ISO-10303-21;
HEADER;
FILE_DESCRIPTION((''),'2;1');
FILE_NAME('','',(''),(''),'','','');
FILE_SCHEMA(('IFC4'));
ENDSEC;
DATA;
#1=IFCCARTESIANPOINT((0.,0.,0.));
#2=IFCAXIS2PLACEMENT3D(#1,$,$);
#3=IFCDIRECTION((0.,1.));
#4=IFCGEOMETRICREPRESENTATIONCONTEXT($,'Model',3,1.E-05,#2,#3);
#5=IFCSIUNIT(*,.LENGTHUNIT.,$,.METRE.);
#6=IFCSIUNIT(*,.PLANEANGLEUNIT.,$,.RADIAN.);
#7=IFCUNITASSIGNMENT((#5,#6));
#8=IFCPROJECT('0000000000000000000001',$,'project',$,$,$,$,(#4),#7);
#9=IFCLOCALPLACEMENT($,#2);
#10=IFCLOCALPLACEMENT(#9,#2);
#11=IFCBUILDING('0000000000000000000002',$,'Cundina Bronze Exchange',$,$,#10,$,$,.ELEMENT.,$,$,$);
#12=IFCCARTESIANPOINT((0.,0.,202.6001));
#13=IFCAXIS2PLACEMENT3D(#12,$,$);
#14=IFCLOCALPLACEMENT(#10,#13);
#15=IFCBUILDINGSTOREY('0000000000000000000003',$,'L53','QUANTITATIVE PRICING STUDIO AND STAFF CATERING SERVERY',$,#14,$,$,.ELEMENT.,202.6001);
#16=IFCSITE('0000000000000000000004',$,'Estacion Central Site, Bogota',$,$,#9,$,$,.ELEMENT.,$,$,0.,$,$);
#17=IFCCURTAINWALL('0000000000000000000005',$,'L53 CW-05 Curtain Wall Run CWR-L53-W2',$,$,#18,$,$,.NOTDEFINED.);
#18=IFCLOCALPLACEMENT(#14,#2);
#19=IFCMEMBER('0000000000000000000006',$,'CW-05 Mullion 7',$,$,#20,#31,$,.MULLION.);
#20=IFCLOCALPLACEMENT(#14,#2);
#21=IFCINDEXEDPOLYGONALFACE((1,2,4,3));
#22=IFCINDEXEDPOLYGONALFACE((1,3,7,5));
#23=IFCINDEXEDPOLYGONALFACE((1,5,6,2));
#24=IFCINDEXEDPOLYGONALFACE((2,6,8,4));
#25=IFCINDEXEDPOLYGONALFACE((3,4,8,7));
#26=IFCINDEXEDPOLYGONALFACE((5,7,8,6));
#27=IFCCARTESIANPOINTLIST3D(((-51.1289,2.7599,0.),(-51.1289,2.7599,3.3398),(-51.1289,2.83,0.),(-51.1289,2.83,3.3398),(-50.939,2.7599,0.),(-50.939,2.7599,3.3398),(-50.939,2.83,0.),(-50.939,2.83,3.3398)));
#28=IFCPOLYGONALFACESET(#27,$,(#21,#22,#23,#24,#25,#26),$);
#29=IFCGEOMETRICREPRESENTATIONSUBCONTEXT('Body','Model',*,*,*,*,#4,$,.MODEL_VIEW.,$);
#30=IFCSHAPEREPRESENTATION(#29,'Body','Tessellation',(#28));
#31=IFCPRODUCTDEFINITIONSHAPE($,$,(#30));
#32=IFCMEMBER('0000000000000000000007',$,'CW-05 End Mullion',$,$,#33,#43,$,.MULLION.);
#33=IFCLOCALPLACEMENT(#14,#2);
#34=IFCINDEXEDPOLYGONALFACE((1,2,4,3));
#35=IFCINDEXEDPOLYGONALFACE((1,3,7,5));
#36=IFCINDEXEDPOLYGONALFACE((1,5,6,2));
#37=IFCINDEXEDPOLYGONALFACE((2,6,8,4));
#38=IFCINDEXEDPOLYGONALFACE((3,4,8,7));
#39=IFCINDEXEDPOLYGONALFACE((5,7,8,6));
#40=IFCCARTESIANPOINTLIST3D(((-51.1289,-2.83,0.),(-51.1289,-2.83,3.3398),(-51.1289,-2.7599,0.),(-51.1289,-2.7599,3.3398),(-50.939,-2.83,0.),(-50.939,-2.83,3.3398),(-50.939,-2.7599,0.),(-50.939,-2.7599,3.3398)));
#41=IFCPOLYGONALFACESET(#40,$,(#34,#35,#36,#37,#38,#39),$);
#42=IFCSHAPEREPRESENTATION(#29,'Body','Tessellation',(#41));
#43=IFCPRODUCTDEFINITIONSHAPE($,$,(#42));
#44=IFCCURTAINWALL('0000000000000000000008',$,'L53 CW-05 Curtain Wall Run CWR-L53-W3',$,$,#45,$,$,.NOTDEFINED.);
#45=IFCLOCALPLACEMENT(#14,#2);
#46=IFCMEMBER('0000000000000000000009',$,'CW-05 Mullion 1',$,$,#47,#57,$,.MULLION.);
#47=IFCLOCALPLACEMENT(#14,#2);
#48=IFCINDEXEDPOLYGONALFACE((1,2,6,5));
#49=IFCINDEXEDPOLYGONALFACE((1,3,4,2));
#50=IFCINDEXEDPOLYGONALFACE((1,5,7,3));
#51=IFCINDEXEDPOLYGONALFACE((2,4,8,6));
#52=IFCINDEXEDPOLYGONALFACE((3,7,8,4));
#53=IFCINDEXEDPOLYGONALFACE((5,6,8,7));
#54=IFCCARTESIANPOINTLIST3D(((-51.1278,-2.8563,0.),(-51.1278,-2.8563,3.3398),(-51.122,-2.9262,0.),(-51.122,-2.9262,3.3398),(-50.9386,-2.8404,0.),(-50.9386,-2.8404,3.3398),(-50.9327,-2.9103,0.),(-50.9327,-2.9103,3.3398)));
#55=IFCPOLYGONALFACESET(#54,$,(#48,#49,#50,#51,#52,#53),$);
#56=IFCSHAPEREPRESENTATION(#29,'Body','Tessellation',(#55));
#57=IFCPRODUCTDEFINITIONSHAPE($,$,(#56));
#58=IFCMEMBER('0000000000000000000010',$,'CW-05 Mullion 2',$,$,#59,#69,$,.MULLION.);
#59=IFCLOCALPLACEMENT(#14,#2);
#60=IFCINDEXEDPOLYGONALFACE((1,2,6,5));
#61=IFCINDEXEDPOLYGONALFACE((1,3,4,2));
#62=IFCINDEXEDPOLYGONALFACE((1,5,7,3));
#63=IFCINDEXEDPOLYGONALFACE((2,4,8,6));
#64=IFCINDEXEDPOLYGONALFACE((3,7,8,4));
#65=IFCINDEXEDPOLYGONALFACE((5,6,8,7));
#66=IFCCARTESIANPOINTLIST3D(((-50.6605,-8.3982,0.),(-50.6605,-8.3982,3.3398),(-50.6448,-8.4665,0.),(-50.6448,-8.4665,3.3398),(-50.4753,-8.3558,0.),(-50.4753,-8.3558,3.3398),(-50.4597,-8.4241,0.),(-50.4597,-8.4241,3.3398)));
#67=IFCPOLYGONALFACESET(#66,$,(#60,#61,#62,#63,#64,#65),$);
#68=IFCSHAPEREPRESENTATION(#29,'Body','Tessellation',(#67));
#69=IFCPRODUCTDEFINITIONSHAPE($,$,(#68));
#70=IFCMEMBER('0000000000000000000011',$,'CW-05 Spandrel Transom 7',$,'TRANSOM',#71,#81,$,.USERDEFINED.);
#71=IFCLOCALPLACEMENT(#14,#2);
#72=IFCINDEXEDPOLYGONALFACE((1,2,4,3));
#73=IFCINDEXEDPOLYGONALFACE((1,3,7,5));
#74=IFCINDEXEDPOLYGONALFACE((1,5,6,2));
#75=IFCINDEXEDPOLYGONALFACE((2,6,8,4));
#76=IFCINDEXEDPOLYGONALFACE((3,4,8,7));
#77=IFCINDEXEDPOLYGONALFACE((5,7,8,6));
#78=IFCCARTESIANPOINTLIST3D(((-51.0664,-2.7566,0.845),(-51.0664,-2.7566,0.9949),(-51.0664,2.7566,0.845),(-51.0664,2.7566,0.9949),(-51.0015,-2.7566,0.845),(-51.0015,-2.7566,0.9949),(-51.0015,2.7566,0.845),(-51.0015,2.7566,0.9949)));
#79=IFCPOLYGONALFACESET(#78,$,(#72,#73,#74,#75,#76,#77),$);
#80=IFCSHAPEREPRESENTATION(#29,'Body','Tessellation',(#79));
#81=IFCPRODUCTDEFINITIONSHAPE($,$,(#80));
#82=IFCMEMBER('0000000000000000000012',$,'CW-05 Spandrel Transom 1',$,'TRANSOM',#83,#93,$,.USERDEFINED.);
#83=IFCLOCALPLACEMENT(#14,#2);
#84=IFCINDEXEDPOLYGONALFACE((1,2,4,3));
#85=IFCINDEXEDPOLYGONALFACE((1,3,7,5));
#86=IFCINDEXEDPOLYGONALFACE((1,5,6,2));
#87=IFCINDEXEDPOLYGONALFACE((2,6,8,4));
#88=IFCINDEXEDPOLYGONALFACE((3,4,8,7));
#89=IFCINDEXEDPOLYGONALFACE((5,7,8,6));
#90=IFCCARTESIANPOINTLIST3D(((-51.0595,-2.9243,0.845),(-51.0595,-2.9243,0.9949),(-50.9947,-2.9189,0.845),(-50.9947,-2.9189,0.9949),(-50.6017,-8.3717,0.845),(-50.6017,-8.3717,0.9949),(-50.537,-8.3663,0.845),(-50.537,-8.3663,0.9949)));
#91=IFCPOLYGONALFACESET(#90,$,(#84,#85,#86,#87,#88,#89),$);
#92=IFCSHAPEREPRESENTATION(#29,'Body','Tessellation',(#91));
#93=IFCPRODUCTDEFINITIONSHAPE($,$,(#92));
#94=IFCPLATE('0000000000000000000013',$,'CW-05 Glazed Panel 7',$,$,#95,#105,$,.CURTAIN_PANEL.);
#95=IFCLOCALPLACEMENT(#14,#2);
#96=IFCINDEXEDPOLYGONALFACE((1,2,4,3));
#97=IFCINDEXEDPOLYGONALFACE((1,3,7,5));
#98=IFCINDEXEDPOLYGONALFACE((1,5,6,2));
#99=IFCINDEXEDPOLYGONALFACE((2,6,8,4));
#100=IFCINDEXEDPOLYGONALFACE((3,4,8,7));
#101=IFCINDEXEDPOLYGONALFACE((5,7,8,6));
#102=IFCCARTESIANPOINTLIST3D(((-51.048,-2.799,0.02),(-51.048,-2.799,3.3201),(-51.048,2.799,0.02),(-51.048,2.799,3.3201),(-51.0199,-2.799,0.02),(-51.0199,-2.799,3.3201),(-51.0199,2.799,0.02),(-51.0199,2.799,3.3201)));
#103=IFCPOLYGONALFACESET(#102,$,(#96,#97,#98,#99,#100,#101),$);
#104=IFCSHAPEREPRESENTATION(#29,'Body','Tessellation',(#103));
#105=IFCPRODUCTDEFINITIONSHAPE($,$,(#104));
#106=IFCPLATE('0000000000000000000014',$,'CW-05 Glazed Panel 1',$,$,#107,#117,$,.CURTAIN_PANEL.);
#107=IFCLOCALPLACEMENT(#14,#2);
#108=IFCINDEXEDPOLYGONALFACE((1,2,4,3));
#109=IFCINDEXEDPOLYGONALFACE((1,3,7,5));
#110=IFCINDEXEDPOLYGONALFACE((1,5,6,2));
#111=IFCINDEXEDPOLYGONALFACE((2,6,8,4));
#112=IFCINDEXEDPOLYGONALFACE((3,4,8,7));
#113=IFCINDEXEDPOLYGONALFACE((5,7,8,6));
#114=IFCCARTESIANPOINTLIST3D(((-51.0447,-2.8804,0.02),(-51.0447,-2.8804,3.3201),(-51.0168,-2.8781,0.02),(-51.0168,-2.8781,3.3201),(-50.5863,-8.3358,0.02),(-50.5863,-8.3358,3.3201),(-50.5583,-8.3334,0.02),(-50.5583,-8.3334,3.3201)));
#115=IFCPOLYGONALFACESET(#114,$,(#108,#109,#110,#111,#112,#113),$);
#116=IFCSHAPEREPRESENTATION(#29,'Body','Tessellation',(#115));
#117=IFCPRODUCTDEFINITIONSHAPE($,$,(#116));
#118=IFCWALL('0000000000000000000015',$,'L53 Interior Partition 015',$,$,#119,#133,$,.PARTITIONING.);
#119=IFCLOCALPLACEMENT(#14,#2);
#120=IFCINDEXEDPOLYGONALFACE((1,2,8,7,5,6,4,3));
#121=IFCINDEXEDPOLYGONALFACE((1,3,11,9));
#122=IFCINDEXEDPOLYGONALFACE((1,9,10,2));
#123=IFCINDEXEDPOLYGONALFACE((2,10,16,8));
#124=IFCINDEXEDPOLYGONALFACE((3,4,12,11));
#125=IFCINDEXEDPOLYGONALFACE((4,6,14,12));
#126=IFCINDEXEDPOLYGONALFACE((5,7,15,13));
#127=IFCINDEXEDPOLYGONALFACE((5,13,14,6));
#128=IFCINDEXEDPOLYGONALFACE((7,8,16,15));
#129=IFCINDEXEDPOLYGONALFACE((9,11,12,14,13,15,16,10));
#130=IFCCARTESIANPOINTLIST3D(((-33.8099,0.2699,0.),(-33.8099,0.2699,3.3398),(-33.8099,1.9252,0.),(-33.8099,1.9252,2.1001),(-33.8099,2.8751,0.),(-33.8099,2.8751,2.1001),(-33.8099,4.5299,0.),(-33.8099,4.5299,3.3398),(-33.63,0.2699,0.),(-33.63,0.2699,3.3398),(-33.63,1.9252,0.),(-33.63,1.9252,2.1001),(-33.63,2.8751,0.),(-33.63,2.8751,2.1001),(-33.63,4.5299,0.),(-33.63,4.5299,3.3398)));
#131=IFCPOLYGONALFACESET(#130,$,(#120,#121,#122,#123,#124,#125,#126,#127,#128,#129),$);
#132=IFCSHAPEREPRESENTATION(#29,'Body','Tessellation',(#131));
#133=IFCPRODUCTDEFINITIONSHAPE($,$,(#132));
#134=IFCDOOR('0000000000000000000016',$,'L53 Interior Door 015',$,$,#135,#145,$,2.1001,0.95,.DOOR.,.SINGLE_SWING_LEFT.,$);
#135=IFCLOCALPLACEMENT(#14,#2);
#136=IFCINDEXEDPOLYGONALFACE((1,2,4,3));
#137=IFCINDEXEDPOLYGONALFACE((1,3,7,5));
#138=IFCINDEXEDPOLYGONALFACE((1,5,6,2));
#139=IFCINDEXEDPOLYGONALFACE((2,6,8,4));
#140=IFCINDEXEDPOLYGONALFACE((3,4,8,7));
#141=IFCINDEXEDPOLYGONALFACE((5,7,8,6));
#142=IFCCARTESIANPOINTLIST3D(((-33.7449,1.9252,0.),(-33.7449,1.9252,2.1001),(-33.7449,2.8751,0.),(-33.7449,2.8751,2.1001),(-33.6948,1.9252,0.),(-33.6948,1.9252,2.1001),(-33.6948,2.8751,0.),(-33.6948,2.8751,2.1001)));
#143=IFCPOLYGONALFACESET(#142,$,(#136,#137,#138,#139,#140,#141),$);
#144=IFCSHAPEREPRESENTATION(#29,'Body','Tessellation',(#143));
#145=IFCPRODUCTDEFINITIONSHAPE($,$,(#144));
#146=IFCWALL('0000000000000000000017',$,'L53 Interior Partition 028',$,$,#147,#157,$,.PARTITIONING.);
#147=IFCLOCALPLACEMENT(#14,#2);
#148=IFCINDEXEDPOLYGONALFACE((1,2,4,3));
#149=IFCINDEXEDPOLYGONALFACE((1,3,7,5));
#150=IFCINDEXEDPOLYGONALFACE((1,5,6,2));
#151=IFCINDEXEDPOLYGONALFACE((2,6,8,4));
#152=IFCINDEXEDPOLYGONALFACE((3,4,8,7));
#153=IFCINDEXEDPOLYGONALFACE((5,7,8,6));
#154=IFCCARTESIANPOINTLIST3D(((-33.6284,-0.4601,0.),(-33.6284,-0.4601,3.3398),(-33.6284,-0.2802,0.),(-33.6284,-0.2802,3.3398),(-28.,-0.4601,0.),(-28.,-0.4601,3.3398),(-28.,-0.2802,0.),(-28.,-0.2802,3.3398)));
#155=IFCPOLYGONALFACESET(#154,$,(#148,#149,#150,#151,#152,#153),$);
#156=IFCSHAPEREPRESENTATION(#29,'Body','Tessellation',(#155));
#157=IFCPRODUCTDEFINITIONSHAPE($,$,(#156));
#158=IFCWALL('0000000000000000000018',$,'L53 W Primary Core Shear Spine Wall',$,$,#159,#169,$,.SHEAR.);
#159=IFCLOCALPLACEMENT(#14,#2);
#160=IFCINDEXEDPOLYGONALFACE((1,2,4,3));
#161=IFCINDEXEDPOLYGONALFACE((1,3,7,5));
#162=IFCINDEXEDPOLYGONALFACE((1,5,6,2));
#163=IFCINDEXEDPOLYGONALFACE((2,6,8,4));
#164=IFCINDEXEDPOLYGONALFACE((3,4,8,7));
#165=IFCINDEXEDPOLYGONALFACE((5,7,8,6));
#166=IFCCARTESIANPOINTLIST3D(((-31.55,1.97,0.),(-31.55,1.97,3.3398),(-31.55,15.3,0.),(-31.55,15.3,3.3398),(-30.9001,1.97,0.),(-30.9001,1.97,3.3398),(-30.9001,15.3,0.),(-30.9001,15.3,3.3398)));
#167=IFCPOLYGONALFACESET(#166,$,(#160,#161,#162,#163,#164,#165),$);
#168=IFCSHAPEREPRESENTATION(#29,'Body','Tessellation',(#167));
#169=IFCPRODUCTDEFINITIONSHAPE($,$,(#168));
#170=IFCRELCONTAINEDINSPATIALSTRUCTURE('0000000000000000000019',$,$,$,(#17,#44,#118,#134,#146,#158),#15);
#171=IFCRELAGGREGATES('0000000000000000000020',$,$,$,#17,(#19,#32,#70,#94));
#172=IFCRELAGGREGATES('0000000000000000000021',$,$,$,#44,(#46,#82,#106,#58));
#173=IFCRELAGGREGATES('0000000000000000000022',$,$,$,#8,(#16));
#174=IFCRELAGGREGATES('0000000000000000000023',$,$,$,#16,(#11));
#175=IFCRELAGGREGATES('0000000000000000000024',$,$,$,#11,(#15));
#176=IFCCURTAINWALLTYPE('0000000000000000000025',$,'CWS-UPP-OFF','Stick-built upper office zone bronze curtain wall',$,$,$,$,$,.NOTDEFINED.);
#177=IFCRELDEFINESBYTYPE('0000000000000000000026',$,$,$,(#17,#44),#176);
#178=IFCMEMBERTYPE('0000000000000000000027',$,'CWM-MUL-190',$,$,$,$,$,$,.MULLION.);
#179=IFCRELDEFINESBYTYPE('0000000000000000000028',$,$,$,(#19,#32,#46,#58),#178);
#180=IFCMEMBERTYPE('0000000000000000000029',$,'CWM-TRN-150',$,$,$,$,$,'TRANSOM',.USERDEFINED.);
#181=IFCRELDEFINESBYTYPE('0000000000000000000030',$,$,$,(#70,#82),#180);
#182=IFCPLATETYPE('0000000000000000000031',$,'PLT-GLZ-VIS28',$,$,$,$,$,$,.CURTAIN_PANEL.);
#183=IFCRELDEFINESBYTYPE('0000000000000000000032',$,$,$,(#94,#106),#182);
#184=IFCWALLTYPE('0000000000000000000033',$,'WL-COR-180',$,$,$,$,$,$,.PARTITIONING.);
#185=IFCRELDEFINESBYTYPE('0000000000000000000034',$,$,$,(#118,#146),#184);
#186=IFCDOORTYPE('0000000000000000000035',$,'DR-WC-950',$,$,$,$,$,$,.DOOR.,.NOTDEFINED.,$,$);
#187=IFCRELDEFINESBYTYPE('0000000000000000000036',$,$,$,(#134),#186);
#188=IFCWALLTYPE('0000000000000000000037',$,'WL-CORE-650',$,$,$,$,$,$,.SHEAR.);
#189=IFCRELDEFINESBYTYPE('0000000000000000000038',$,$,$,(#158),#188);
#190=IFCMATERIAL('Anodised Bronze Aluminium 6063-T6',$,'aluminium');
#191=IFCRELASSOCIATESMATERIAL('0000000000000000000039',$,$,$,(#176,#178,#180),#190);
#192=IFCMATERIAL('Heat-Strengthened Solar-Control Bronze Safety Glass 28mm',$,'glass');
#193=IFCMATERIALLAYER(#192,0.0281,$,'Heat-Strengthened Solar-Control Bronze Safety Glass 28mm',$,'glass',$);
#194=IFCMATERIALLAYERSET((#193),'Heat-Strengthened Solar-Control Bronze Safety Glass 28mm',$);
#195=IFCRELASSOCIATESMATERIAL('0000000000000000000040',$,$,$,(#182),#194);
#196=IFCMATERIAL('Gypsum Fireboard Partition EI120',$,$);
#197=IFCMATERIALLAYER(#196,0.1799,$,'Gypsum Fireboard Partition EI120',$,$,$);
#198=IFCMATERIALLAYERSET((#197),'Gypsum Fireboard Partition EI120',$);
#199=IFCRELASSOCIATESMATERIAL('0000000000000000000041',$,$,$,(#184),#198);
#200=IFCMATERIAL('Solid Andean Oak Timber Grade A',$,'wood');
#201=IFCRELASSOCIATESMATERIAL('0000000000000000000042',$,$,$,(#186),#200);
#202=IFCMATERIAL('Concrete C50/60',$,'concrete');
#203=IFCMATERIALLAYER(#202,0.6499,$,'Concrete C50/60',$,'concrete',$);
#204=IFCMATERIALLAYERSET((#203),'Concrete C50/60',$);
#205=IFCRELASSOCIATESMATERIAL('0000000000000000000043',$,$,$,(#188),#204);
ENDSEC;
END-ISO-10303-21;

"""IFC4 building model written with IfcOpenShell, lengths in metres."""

from ifc_helpers import new_model, si_unit, direction, frame, frame_2d, origin, origin_2d, place, context, subcontext, project, spatial, rectangle, extrude, material, layer, layer_set, material_profile, profile_set, type_object, element, fill, aggregate, save


model = new_model("IFC4")

# Units and contexts
model_context = context("Model", 3, precision=1e-05, world=origin(), true_north=direction((0.0, 1.0)))
body_context = subcontext(model_context, "Body", "Model", "MODEL_VIEW")
ifc_project = project(units=[si_unit("LENGTHUNIT", "METRE"), si_unit("PLANEANGLEUNIT", "RADIAN")], contexts=[model_context])

# Site, building, storey
site_placement = place(None, origin())
site = spatial("IfcSite", under=ifc_project, at=site_placement, Name="Estacion Central Site, Bogota", CompositionType="ELEMENT", RefElevation=0.0)
building_placement = place(site_placement, origin())
building = spatial("IfcBuilding", under=site, at=building_placement, Name="Cundina Bronze Exchange", CompositionType="ELEMENT")
storey_placement = place(building_placement, frame((0.0, 0.0, 202.6001)))
storey = spatial("IfcBuildingStorey", under=building, at=storey_placement, Name="L53", Description="QUANTITATIVE PRICING STUDIO AND STAFF CATERING SERVERY", CompositionType="ELEMENT", Elevation=202.6001)

# Shared definitions
ifc_material_1 = material(Name="Concrete C50/60", Category="concrete")

# Curtain walls, members
ifc_material_2 = material(Name="Anodised Bronze Aluminium 6063-T6", Category="aluminium")
curtain_wall_type = type_object("IfcCurtainWallType", Name="CWS-UPP-OFF", Description="Stick-built upper office zone bronze curtain wall", PredefinedType="NOTDEFINED", material=ifc_material_2)
curtain_wall_1_placement = place(storey_placement, origin())
curtain_wall_1 = element("IfcCurtainWall", 1, at=curtain_wall_1_placement, inside=storey, type_object=curtain_wall_type, Name="L53 CW-05 Curtain Wall Run CWR-L53-W2", PredefinedType="NOTDEFINED")
ifc_material_profile_1 = material_profile(ifc_material_2, rectangle(XDim=0.0701, YDim=0.1899, at=origin_2d()), Name="AL70X190", Category="aluminium")
ifc_profile_set_1 = profile_set([ifc_material_profile_1], Name="Anodised Bronze Aluminium 6063-T6")
member_type_1 = type_object("IfcMemberType", Name="CWM-MUL-190", PredefinedType="MULLION", material=ifc_profile_set_1)
member_1_placement = place(storey_placement, frame((-51.0339, 2.7949, 0.0), z_axis=(0.0, 0.0, 1.0), x_axis=(0.0, -1.0, 0.0)))
member_1 = element("IfcMember", 2, at=member_1_placement, type_object=member_type_1, Name="CW-05 Mullion 7", PredefinedType="MULLION", context=body_context, shape_type="SweptSolid", body=[
    extrude(rectangle(XDim=0.0701, YDim=0.1899, at=origin_2d()), origin(), (0.0, 0.0, 1.0), 3.3398),
])
member_2_placement = place(storey_placement, frame((-51.0339, -2.7949, 0.0), z_axis=(0.0, 0.0, 1.0), x_axis=(0.0, -1.0, 0.0)))
member_2 = element("IfcMember", 3, at=member_2_placement, type_object=member_type_1, Name="CW-05 End Mullion", PredefinedType="MULLION", context=body_context, shape_type="SweptSolid", body=[
    extrude(rectangle(XDim=0.0701, YDim=0.1899, at=origin_2d()), origin(), (0.0, 0.0, 1.0), 3.3398),
])
curtain_wall_2_placement = place(storey_placement, origin())
curtain_wall_2 = element("IfcCurtainWall", 4, at=curtain_wall_2_placement, inside=storey, type_object=curtain_wall_type, Name="L53 CW-05 Curtain Wall Run CWR-L53-W3", PredefinedType="NOTDEFINED")
member_3_placement = place(storey_placement, frame((-51.0303, -2.8833, 0.0), z_axis=(0.0, 0.0, 1.0), x_axis=(0.083678, -0.996493, 0.0)))
member_3 = element("IfcMember", 5, at=member_3_placement, type_object=member_type_1, Name="CW-05 Mullion 1", PredefinedType="MULLION", context=body_context, shape_type="SweptSolid", body=[
    extrude(rectangle(XDim=0.0701, YDim=0.1899, at=origin_2d()), origin(), (0.0, 0.0, 1.0), 3.3398),
])
member_4_placement = place(storey_placement, frame((-50.5601, -8.4111, 0.0), z_axis=(0.0, 0.0, 1.0), x_axis=(0.22325, -0.974761, 0.0)))
member_4 = element("IfcMember", 6, at=member_4_placement, type_object=member_type_1, Name="CW-05 Mullion 2", PredefinedType="MULLION", context=body_context, shape_type="SweptSolid", body=[
    extrude(rectangle(XDim=0.0701, YDim=0.1899, at=origin_2d()), origin(), (0.0, 0.0, 1.0), 3.3398),
])

# Members
ifc_material_profile_2 = material_profile(ifc_material_2, rectangle(XDim=0.0649, YDim=0.1499, at=origin_2d()), Name="AL65X150", Category="aluminium")
ifc_profile_set_2 = profile_set([ifc_material_profile_2], Name="Anodised Bronze Aluminium 6063-T6")
member_type_2 = type_object("IfcMemberType", Name="CWM-TRN-150", ElementType="TRANSOM", PredefinedType="USERDEFINED", material=ifc_profile_set_2)
member_5_placement = place(storey_placement, frame((-51.0339, 2.7566, 0.9199), z_axis=(0.0, -1.0, 0.0), x_axis=(1.0, 0.0, 0.0)))
member_5 = element("IfcMember", 7, at=member_5_placement, type_object=member_type_2, Name="CW-05 Spandrel Transom 7", ObjectType="TRANSOM", PredefinedType="USERDEFINED", context=body_context, shape_type="SweptSolid", body=[
    extrude(rectangle(XDim=0.0649, YDim=0.1499, at=origin_2d()), origin(), (0.0, 0.0, 1.0), 5.5132),
])
member_6_placement = place(storey_placement, frame((-51.0271, -2.9216, 0.9199), z_axis=(0.08374, -0.996488, 0.0), x_axis=(0.996488, 0.08374, 0.0)))
member_6 = element("IfcMember", 8, at=member_6_placement, type_object=member_type_2, Name="CW-05 Spandrel Transom 1", ObjectType="TRANSOM", PredefinedType="USERDEFINED", context=body_context, shape_type="SweptSolid", body=[
    extrude(rectangle(XDim=0.0649, YDim=0.1499, at=origin_2d()), origin(), (0.0, 0.0, 1.0), 5.4666),
])

# Plates
ifc_material_3 = material(Name="Heat-Strengthened Solar-Control Bronze Safety Glass 28mm", Category="glass")
ifc_layer_1 = layer(ifc_material_3, 0.0281, Name="Heat-Strengthened Solar-Control Bronze Safety Glass 28mm", Category="glass")
ifc_layer_set_1 = layer_set([ifc_layer_1], Name="Heat-Strengthened Solar-Control Bronze Safety Glass 28mm")
plate_type = type_object("IfcPlateType", Name="PLT-GLZ-VIS28", PredefinedType="CURTAIN_PANEL", material=ifc_layer_set_1)
plate_1_placement = place(storey_placement, frame((-51.0339, 0.0, 0.02), z_axis=(0.0, 0.0, 1.0), x_axis=(0.0, -1.0, 0.0)))
plate_1 = element("IfcPlate", 9, at=plate_1_placement, type_object=plate_type, Name="CW-05 Glazed Panel 7", PredefinedType="CURTAIN_PANEL", context=body_context, shape_type="SweptSolid", body=[
    extrude(rectangle(XDim=5.5979, YDim=0.0281, at=origin_2d()), origin(), (0.0, 0.0, 1.0), 3.3),
])
aggregate(curtain_wall_1, [member_1, member_2, member_5, plate_1])
plate_2_placement = place(storey_placement, frame((-50.8015, -5.6069, 0.02), z_axis=(0.0, 0.0, 1.0), x_axis=(0.083747, -0.996487, 0.0)))
plate_2 = element("IfcPlate", 10, at=plate_2_placement, type_object=plate_type, Name="CW-05 Glazed Panel 1", PredefinedType="CURTAIN_PANEL", context=body_context, shape_type="SweptSolid", body=[
    extrude(rectangle(XDim=5.4746, YDim=0.0281, at=origin_2d()), origin(), (0.0, 0.0, 1.0), 3.3),
])
aggregate(curtain_wall_2, [member_3, member_6, plate_2, member_4])

# Wall, opening, door
ifc_material_4 = material(Name="Gypsum Fireboard Partition EI120")
ifc_layer_2 = layer(ifc_material_4, 0.1799, Name="Gypsum Fireboard Partition EI120")
ifc_layer_set_2 = layer_set([ifc_layer_2], Name="Gypsum Fireboard Partition EI120")
wall_type_1 = type_object("IfcWallType", Name="WL-COR-180", PredefinedType="PARTITIONING", material=ifc_layer_set_2)
wall_1_placement = place(storey_placement, frame((-33.72, 0.27, 0.0), z_axis=(0.0, 0.0, 1.0), x_axis=(0.0, 1.0, 0.0)))
wall_1 = element("IfcWall", 11, at=wall_1_placement, inside=storey, type_object=wall_type_1, Name="L53 Interior Partition 015", PredefinedType="PARTITIONING", context=body_context, shape_type="SweptSolid", body=[
    extrude(rectangle(XDim=4.26, YDim=0.1799, at=frame_2d((2.1299, 0.0))), origin(), (0.0, 0.0, 1.0), 3.3398),
])
opening_1_placement = place(wall_1_placement, frame((1.655, 0.0, 0.0)))
opening_1 = element("IfcOpeningElement", 12, at=opening_1_placement, cuts=wall_1, PredefinedType="OPENING", context=body_context, shape_type="SweptSolid", body=[
    extrude(rectangle(XDim=0.95, YDim=2.1001, at=frame_2d((0.4751, 1.05))), frame((0.0, 0.0999, 0.0), z_axis=(0.0, -1.0, 0.0), x_axis=(1.0, 0.0, 0.0)), (0.0, 0.0, 1.0), 0.2),
])
ifc_material_5 = material(Name="Solid Andean Oak Timber Grade A", Category="wood")
door_type_1 = type_object("IfcDoorType", Name="DR-WC-950", OperationType="NOTDEFINED", PredefinedType="DOOR", material=ifc_material_5)
door_1_placement = place(opening_1_placement, origin())
door_1 = element("IfcDoor", 13, at=door_1_placement, inside=storey, type_object=door_type_1, Name="L53 Interior Door 015", OperationType="SINGLE_SWING_LEFT", OverallHeight=2.1001, OverallWidth=0.95, PredefinedType="DOOR", context=body_context, shape_type="SweptSolid", body=[
    extrude(rectangle(XDim=0.95, YDim=2.1001, at=frame_2d((0.4751, 1.05))), frame((0.0, 0.0249, 0.0), z_axis=(0.0, -1.0, 0.0), x_axis=(1.0, 0.0, 0.0)), (0.0, 0.0, 1.0), 0.05),
])
fill(opening_1, door_1)

# Walls
wall_2_placement = place(storey_placement, frame((-33.6284, -0.3701, 0.0), z_axis=(0.0, 0.0, 1.0), x_axis=(1.0, 0.0, 0.0)))
element("IfcWall", 14, at=wall_2_placement, inside=storey, type_object=wall_type_1, Name="L53 Interior Partition 028", PredefinedType="PARTITIONING", context=body_context, shape_type="SweptSolid", body=[
    extrude(rectangle(XDim=5.6284, YDim=0.1799, at=frame_2d((2.8142, 0.0))), origin(), (0.0, 0.0, 1.0), 3.3398),
])
ifc_layer_3 = layer(ifc_material_1, 0.6499, Name="Concrete C50/60", Category="concrete")
ifc_layer_set_3 = layer_set([ifc_layer_3], Name="Concrete C50/60")
wall_type_2 = type_object("IfcWallType", Name="WL-CORE-650", PredefinedType="SHEAR", material=ifc_layer_set_3)
wall_3_placement = place(storey_placement, frame((-31.2251, 1.97, 0.0), z_axis=(0.0, 0.0, 1.0), x_axis=(0.0, 1.0, 0.0)))
element("IfcWall", 15, at=wall_3_placement, inside=storey, type_object=wall_type_2, Name="L53 W Primary Core Shear Spine Wall", PredefinedType="SHEAR", context=body_context, shape_type="SweptSolid", body=[
    extrude(rectangle(XDim=13.3301, YDim=0.6499, at=frame_2d((6.665, 0.0))), origin(), (0.0, 0.0, 1.0), 3.3398),
])

save(model, "model.ifc")
